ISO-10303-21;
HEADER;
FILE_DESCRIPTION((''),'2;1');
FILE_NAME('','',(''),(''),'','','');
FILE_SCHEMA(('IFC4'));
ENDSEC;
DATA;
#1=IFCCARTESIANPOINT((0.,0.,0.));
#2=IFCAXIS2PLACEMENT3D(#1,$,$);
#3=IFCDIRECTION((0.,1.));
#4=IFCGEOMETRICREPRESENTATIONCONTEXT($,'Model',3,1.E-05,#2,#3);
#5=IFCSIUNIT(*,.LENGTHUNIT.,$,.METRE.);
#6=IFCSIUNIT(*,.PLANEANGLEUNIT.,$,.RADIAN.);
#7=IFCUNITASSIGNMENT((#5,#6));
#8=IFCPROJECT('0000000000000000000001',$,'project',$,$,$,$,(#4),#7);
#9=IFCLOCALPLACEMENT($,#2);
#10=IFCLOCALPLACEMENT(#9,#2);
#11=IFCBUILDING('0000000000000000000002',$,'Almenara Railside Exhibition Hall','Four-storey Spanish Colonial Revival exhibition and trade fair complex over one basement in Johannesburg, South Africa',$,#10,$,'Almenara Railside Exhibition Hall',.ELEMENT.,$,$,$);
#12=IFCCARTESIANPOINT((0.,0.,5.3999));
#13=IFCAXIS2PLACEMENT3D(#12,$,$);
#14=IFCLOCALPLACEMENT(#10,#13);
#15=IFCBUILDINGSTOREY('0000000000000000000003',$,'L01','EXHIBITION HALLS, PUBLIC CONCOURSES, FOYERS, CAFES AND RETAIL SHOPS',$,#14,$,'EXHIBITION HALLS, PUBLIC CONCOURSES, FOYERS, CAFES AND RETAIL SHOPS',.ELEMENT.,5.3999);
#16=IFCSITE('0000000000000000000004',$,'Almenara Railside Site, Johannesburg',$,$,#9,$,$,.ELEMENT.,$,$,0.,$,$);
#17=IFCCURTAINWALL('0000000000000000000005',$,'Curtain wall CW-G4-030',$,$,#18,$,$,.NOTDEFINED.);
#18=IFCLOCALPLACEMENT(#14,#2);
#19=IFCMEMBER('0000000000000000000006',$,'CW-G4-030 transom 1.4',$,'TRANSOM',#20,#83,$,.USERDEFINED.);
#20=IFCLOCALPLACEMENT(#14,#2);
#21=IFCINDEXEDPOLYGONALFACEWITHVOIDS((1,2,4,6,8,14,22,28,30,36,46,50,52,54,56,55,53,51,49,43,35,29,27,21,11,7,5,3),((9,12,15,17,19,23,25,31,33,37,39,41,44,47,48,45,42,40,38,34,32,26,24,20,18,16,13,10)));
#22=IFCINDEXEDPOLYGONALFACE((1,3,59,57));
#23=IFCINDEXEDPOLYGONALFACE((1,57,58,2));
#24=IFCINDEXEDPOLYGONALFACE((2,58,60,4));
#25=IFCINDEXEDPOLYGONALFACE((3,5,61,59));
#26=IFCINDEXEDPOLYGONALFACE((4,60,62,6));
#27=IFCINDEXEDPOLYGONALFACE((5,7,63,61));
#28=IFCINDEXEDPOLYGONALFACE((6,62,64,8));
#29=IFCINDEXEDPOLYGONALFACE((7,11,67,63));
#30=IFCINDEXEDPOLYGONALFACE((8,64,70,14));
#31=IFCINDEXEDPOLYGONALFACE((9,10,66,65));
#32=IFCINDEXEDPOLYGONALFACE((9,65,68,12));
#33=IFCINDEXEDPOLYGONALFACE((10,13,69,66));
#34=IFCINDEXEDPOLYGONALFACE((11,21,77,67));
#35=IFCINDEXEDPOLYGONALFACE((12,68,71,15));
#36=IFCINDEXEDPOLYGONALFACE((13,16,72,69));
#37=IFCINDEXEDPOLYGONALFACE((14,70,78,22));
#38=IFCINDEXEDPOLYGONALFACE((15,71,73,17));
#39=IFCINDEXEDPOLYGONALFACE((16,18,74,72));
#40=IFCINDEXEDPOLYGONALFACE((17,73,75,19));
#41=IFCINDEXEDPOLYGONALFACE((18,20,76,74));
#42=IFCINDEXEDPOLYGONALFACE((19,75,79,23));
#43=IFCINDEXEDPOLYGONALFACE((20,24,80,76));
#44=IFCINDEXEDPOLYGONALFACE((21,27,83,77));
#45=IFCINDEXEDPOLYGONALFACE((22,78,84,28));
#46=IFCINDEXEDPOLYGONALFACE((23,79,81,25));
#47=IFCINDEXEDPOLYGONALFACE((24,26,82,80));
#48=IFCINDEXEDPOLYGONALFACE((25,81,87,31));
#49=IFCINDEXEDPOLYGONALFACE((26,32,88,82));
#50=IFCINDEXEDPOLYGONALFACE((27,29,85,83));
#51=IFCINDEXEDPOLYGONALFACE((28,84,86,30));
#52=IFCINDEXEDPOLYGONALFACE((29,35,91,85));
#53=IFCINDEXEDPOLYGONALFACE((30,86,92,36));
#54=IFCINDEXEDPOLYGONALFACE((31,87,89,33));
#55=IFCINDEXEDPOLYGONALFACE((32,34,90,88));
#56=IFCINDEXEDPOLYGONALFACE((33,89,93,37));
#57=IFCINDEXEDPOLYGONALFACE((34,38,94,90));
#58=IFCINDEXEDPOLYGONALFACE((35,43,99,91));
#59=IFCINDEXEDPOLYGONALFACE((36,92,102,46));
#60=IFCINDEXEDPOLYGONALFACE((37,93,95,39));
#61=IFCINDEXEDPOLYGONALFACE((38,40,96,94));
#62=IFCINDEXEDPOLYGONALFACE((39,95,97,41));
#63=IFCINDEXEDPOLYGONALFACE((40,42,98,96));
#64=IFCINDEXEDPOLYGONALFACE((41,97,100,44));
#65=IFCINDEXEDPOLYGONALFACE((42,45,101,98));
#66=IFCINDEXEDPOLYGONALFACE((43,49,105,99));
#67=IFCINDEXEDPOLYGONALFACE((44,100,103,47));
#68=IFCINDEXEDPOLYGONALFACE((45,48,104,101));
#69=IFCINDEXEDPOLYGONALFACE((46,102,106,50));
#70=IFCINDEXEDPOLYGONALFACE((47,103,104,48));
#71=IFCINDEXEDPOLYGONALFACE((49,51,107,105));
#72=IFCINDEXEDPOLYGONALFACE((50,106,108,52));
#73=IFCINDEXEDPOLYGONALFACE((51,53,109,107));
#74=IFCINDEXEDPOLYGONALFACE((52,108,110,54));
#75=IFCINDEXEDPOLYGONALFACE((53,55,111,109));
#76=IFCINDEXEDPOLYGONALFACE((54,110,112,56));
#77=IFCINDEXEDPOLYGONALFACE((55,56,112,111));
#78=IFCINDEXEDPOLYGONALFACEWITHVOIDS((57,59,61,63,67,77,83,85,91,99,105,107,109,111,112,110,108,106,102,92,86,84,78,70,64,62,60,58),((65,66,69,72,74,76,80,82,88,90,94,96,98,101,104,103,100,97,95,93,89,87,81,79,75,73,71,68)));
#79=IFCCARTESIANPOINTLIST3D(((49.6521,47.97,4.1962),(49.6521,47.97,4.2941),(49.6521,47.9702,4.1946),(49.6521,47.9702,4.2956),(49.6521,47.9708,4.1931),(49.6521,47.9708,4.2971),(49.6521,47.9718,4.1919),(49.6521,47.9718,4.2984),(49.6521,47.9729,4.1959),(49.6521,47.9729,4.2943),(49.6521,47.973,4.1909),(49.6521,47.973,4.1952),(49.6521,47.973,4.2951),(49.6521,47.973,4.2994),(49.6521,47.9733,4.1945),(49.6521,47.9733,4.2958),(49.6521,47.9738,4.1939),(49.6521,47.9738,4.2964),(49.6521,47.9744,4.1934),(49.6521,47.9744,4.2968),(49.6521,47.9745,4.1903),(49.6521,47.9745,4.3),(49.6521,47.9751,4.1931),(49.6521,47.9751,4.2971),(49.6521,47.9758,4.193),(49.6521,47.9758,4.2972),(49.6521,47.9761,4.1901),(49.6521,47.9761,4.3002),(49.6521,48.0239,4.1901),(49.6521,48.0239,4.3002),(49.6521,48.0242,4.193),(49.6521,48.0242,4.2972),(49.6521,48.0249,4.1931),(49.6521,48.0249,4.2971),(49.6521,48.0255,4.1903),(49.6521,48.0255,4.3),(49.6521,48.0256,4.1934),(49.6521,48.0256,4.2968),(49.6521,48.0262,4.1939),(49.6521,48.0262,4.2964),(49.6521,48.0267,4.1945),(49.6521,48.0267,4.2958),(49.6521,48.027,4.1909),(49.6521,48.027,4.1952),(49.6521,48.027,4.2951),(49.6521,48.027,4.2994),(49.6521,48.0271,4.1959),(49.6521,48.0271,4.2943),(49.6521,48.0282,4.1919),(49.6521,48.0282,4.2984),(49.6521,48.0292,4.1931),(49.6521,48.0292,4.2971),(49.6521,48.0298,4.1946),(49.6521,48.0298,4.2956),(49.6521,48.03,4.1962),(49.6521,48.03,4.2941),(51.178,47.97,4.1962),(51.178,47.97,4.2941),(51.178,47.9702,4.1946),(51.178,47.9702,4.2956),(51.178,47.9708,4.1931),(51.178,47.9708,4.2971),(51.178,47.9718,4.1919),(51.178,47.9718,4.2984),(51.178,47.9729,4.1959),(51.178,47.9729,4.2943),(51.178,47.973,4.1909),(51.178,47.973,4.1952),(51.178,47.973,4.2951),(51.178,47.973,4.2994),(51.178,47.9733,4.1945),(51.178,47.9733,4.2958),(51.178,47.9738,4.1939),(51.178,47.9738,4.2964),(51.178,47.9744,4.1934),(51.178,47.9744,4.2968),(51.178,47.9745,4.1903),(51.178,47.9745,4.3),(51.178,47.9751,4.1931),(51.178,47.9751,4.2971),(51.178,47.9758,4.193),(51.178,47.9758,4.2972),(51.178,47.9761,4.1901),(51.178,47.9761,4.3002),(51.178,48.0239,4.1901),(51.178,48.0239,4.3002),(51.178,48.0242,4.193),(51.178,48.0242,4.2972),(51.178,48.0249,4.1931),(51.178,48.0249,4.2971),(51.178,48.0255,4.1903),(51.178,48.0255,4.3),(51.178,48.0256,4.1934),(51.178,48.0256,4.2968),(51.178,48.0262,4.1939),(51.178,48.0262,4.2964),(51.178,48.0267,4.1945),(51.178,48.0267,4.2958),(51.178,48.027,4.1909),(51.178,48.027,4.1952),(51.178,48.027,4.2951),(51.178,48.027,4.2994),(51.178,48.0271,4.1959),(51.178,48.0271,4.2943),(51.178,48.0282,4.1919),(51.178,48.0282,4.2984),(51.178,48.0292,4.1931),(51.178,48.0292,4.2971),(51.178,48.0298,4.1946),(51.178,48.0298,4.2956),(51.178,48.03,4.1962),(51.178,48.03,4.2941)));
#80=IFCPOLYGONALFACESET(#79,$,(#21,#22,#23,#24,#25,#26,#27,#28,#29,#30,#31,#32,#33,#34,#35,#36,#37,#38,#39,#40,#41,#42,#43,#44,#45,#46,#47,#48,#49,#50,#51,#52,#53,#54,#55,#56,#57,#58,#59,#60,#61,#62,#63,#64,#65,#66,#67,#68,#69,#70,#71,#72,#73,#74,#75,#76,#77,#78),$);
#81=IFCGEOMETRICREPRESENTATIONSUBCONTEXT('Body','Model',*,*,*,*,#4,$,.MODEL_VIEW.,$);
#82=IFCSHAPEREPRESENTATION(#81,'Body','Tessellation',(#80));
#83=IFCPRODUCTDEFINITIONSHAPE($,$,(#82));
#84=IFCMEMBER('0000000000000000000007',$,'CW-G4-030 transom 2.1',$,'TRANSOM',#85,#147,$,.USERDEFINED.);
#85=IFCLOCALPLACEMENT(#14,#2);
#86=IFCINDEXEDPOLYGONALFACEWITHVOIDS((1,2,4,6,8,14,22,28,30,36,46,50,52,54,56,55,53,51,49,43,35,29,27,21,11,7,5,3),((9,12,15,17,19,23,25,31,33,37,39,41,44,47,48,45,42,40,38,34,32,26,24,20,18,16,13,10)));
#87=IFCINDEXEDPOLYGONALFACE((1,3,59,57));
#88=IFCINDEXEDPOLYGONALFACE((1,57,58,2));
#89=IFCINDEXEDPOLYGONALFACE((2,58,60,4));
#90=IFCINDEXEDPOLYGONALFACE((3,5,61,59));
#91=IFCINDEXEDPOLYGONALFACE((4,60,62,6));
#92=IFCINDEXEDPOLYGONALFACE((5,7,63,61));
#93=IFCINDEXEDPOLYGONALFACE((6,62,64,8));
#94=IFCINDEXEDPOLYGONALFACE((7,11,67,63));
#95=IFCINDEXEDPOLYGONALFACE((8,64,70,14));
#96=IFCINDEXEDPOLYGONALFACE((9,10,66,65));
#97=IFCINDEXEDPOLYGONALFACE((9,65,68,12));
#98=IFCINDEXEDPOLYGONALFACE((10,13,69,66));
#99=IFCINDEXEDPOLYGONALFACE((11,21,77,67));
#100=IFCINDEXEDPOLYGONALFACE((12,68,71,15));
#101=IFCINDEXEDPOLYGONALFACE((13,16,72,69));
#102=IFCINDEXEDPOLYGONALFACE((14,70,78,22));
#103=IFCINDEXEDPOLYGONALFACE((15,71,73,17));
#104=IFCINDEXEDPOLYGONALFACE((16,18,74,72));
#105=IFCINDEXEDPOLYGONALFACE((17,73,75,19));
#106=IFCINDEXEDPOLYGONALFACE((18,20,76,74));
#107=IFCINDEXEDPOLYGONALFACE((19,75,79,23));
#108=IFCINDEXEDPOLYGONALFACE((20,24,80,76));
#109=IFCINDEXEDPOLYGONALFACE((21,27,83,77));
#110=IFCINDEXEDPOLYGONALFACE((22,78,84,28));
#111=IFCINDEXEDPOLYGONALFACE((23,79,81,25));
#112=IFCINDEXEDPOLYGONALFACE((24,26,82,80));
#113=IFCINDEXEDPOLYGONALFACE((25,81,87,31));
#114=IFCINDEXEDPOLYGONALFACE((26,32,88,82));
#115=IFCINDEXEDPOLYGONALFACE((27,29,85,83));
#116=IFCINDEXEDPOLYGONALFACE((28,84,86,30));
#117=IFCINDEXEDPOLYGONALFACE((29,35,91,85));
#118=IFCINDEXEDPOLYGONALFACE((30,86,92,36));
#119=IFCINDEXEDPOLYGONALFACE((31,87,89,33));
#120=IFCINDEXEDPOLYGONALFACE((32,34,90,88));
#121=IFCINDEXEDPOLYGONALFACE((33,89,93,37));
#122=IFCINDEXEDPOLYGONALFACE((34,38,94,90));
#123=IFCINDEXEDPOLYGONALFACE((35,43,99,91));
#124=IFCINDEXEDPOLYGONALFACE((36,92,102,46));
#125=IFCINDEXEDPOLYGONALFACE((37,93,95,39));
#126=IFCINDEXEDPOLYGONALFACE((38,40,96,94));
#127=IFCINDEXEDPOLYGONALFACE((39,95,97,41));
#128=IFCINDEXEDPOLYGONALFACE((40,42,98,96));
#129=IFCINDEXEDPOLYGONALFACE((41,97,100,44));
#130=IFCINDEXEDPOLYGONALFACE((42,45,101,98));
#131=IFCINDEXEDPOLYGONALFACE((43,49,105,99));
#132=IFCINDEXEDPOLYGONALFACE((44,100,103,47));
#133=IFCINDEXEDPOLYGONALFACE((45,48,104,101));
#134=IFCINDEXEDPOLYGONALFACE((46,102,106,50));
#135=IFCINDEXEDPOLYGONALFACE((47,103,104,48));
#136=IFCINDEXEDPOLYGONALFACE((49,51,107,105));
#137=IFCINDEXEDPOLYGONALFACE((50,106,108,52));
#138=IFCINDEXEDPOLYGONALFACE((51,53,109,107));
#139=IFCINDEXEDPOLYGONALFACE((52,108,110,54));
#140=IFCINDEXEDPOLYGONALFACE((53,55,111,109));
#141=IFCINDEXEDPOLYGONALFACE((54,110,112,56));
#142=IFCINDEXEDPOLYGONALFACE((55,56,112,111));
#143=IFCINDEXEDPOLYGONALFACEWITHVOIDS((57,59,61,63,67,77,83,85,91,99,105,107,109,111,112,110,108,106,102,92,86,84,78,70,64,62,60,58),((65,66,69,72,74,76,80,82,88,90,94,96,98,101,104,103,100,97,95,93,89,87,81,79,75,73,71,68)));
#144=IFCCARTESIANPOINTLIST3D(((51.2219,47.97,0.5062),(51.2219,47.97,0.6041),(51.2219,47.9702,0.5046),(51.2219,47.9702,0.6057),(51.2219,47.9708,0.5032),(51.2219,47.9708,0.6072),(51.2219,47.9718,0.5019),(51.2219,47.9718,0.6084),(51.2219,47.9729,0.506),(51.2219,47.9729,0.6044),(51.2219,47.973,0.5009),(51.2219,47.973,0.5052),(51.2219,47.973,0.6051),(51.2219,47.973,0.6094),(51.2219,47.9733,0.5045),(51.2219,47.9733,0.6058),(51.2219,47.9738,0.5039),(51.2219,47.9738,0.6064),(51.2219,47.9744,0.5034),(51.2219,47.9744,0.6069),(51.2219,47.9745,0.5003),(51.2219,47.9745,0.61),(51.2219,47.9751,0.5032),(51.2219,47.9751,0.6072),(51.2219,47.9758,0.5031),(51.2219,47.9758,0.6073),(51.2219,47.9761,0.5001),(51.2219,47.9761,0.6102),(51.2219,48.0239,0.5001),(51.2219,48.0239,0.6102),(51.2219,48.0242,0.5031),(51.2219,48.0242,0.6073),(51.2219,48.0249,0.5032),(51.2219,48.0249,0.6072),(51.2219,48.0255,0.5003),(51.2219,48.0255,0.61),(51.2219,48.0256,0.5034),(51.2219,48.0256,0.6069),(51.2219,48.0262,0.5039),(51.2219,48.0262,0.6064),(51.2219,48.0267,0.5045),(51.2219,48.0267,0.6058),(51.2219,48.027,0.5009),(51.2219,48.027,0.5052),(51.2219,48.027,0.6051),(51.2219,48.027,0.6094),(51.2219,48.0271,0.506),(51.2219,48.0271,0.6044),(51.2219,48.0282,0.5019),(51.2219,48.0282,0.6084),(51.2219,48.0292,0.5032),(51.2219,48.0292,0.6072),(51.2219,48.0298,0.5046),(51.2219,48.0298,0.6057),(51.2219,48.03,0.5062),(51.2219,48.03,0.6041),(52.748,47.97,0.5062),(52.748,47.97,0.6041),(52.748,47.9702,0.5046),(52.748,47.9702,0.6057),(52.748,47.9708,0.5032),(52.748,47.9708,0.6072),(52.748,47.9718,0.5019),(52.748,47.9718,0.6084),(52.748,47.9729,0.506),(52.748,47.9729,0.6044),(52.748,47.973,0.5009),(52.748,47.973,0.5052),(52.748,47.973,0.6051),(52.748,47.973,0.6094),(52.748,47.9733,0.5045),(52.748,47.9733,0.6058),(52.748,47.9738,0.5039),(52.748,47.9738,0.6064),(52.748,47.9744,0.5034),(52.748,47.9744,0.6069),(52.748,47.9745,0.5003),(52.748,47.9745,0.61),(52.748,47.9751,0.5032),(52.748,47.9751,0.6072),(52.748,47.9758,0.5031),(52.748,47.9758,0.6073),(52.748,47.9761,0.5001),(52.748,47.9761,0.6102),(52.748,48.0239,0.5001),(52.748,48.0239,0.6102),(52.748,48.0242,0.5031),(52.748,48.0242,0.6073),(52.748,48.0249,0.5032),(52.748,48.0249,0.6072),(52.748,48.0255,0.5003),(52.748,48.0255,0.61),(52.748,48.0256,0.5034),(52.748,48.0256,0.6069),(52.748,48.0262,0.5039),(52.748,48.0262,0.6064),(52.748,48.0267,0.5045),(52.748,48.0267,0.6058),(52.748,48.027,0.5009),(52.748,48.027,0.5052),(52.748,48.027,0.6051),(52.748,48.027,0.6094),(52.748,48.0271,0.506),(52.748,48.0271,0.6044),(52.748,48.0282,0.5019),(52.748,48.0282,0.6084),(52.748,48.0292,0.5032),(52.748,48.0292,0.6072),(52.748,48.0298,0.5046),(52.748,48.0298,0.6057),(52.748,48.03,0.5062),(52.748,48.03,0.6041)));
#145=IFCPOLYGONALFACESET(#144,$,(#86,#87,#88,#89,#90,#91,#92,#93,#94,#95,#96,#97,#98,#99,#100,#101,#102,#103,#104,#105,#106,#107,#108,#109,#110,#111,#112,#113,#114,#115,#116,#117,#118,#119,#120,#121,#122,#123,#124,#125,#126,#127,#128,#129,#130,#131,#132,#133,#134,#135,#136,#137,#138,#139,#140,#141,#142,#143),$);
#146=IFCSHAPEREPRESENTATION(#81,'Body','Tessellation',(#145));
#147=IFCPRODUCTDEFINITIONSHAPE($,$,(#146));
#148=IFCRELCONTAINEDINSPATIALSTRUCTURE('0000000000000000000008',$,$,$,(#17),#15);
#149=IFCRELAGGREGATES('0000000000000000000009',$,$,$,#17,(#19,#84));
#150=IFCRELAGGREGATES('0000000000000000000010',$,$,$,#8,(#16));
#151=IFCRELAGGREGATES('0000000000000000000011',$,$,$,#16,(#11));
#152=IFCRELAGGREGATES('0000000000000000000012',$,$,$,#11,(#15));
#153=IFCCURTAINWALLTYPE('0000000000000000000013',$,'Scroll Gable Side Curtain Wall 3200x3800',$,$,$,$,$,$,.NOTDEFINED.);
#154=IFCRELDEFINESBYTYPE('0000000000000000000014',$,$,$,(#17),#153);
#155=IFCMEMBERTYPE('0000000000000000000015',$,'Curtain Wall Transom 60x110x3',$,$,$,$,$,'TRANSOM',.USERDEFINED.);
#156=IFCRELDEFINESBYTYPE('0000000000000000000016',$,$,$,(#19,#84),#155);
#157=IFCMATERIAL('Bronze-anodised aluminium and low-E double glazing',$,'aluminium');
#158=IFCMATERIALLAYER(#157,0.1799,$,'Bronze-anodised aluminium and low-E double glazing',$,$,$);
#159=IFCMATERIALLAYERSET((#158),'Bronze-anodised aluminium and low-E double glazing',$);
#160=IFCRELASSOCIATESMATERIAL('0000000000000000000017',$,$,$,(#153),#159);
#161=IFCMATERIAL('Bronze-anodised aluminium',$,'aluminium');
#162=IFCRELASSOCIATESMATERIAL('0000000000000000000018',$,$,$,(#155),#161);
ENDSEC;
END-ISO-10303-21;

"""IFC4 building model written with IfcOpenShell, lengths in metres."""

from ifc_helpers import new_model, si_unit, direction, frame, origin, origin_2d, place, context, subcontext, project, spatial, hollow_rectangle, extrude, material, layer, layer_set, material_profile, profile_set, type_object, element, aggregate, save


model = new_model("IFC4")

# Units and contexts
model_context = context("Model", 3, precision=1e-05, world=origin(), true_north=direction((0.0, 1.0)))
body_context = subcontext(model_context, "Body", "Model", "MODEL_VIEW")
ifc_project = project(units=[si_unit("LENGTHUNIT", "METRE"), si_unit("PLANEANGLEUNIT", "RADIAN")], contexts=[model_context])

# Site, building, storey
site_placement = place(None, origin())
site = spatial("IfcSite", under=ifc_project, at=site_placement, Name="Almenara Railside Site, Johannesburg", CompositionType="ELEMENT", RefElevation=0.0)
building_placement = place(site_placement, origin())
building = spatial("IfcBuilding", under=site, at=building_placement, Name="Almenara Railside Exhibition Hall", Description="Four-storey Spanish Colonial Revival exhibition and trade fair complex over one basement in Johannesburg, South Africa", LongName="Almenara Railside Exhibition Hall", CompositionType="ELEMENT")
storey_placement = place(building_placement, frame((0.0, 0.0, 5.3999)))
storey = spatial("IfcBuildingStorey", under=building, at=storey_placement, Name="L01", Description="EXHIBITION HALLS, PUBLIC CONCOURSES, FOYERS, CAFES AND RETAIL SHOPS", LongName="EXHIBITION HALLS, PUBLIC CONCOURSES, FOYERS, CAFES AND RETAIL SHOPS", CompositionType="ELEMENT", Elevation=5.3999)

# Curtain wall
ifc_material_1 = material(Name="Bronze-anodised aluminium and low-E double glazing", Category="aluminium")
ifc_layer_1 = layer(ifc_material_1, 0.1799, Name="Bronze-anodised aluminium and low-E double glazing")
ifc_layer_set_1 = layer_set([ifc_layer_1], Name="Bronze-anodised aluminium and low-E double glazing")
curtain_wall_type_1 = type_object("IfcCurtainWallType", Name="Scroll Gable Side Curtain Wall 3200x3800", PredefinedType="NOTDEFINED", material=ifc_layer_set_1)
curtain_wall_1_placement = place(storey_placement, origin())
curtain_wall_1 = element("IfcCurtainWall", 1, at=curtain_wall_1_placement, inside=storey, type_object=curtain_wall_type_1, Name="Curtain wall CW-G4-030", PredefinedType="NOTDEFINED")
ifc_material_2 = material(Name="Bronze-anodised aluminium", Category="aluminium")

# Members
ifc_material_profile_1 = material_profile(ifc_material_2, hollow_rectangle(XDim=0.0601, YDim=0.1101, WallThickness=0.0029, InnerFilletRadius=0.0029, OuterFilletRadius=0.0061, at=origin_2d()), Name="ALU-TRN 60x110x3")
ifc_profile_set_1 = profile_set([ifc_material_profile_1], Name="Bronze-anodised aluminium")
member_type_1 = type_object("IfcMemberType", Name="Curtain Wall Transom 60x110x3", ElementType="TRANSOM", PredefinedType="USERDEFINED", material=ifc_profile_set_1)
member_1_placement = place(storey_placement, frame((49.6521, 48.0, 4.2451), z_axis=(1.0, 0.0, 0.0), x_axis=(0.0, 1.0, 0.0)))
member_1 = element("IfcMember", 2, at=member_1_placement, type_object=member_type_1, Name="CW-G4-030 transom 1.4", ObjectType="TRANSOM", PredefinedType="USERDEFINED", context=body_context, shape_type="SweptSolid", body=[
    extrude(hollow_rectangle(XDim=0.0601, YDim=0.1101, WallThickness=0.0029, InnerFilletRadius=0.0029, OuterFilletRadius=0.0061, at=origin_2d()), origin(), (0.0, 0.0, 1.0), 1.5259),
])
member_2_placement = place(storey_placement, frame((51.2219, 48.0, 0.5552), z_axis=(1.0, 0.0, 0.0), x_axis=(0.0, 1.0, 0.0)))
member_2 = element("IfcMember", 3, at=member_2_placement, type_object=member_type_1, Name="CW-G4-030 transom 2.1", ObjectType="TRANSOM", PredefinedType="USERDEFINED", context=body_context, shape_type="SweptSolid", body=[
    extrude(hollow_rectangle(XDim=0.0601, YDim=0.1101, WallThickness=0.0029, InnerFilletRadius=0.0029, OuterFilletRadius=0.0061, at=origin_2d()), origin(), (0.0, 0.0, 1.0), 1.5261),
])

aggregate(curtain_wall_1, [member_1, member_2])

save(model, "model.ifc")
